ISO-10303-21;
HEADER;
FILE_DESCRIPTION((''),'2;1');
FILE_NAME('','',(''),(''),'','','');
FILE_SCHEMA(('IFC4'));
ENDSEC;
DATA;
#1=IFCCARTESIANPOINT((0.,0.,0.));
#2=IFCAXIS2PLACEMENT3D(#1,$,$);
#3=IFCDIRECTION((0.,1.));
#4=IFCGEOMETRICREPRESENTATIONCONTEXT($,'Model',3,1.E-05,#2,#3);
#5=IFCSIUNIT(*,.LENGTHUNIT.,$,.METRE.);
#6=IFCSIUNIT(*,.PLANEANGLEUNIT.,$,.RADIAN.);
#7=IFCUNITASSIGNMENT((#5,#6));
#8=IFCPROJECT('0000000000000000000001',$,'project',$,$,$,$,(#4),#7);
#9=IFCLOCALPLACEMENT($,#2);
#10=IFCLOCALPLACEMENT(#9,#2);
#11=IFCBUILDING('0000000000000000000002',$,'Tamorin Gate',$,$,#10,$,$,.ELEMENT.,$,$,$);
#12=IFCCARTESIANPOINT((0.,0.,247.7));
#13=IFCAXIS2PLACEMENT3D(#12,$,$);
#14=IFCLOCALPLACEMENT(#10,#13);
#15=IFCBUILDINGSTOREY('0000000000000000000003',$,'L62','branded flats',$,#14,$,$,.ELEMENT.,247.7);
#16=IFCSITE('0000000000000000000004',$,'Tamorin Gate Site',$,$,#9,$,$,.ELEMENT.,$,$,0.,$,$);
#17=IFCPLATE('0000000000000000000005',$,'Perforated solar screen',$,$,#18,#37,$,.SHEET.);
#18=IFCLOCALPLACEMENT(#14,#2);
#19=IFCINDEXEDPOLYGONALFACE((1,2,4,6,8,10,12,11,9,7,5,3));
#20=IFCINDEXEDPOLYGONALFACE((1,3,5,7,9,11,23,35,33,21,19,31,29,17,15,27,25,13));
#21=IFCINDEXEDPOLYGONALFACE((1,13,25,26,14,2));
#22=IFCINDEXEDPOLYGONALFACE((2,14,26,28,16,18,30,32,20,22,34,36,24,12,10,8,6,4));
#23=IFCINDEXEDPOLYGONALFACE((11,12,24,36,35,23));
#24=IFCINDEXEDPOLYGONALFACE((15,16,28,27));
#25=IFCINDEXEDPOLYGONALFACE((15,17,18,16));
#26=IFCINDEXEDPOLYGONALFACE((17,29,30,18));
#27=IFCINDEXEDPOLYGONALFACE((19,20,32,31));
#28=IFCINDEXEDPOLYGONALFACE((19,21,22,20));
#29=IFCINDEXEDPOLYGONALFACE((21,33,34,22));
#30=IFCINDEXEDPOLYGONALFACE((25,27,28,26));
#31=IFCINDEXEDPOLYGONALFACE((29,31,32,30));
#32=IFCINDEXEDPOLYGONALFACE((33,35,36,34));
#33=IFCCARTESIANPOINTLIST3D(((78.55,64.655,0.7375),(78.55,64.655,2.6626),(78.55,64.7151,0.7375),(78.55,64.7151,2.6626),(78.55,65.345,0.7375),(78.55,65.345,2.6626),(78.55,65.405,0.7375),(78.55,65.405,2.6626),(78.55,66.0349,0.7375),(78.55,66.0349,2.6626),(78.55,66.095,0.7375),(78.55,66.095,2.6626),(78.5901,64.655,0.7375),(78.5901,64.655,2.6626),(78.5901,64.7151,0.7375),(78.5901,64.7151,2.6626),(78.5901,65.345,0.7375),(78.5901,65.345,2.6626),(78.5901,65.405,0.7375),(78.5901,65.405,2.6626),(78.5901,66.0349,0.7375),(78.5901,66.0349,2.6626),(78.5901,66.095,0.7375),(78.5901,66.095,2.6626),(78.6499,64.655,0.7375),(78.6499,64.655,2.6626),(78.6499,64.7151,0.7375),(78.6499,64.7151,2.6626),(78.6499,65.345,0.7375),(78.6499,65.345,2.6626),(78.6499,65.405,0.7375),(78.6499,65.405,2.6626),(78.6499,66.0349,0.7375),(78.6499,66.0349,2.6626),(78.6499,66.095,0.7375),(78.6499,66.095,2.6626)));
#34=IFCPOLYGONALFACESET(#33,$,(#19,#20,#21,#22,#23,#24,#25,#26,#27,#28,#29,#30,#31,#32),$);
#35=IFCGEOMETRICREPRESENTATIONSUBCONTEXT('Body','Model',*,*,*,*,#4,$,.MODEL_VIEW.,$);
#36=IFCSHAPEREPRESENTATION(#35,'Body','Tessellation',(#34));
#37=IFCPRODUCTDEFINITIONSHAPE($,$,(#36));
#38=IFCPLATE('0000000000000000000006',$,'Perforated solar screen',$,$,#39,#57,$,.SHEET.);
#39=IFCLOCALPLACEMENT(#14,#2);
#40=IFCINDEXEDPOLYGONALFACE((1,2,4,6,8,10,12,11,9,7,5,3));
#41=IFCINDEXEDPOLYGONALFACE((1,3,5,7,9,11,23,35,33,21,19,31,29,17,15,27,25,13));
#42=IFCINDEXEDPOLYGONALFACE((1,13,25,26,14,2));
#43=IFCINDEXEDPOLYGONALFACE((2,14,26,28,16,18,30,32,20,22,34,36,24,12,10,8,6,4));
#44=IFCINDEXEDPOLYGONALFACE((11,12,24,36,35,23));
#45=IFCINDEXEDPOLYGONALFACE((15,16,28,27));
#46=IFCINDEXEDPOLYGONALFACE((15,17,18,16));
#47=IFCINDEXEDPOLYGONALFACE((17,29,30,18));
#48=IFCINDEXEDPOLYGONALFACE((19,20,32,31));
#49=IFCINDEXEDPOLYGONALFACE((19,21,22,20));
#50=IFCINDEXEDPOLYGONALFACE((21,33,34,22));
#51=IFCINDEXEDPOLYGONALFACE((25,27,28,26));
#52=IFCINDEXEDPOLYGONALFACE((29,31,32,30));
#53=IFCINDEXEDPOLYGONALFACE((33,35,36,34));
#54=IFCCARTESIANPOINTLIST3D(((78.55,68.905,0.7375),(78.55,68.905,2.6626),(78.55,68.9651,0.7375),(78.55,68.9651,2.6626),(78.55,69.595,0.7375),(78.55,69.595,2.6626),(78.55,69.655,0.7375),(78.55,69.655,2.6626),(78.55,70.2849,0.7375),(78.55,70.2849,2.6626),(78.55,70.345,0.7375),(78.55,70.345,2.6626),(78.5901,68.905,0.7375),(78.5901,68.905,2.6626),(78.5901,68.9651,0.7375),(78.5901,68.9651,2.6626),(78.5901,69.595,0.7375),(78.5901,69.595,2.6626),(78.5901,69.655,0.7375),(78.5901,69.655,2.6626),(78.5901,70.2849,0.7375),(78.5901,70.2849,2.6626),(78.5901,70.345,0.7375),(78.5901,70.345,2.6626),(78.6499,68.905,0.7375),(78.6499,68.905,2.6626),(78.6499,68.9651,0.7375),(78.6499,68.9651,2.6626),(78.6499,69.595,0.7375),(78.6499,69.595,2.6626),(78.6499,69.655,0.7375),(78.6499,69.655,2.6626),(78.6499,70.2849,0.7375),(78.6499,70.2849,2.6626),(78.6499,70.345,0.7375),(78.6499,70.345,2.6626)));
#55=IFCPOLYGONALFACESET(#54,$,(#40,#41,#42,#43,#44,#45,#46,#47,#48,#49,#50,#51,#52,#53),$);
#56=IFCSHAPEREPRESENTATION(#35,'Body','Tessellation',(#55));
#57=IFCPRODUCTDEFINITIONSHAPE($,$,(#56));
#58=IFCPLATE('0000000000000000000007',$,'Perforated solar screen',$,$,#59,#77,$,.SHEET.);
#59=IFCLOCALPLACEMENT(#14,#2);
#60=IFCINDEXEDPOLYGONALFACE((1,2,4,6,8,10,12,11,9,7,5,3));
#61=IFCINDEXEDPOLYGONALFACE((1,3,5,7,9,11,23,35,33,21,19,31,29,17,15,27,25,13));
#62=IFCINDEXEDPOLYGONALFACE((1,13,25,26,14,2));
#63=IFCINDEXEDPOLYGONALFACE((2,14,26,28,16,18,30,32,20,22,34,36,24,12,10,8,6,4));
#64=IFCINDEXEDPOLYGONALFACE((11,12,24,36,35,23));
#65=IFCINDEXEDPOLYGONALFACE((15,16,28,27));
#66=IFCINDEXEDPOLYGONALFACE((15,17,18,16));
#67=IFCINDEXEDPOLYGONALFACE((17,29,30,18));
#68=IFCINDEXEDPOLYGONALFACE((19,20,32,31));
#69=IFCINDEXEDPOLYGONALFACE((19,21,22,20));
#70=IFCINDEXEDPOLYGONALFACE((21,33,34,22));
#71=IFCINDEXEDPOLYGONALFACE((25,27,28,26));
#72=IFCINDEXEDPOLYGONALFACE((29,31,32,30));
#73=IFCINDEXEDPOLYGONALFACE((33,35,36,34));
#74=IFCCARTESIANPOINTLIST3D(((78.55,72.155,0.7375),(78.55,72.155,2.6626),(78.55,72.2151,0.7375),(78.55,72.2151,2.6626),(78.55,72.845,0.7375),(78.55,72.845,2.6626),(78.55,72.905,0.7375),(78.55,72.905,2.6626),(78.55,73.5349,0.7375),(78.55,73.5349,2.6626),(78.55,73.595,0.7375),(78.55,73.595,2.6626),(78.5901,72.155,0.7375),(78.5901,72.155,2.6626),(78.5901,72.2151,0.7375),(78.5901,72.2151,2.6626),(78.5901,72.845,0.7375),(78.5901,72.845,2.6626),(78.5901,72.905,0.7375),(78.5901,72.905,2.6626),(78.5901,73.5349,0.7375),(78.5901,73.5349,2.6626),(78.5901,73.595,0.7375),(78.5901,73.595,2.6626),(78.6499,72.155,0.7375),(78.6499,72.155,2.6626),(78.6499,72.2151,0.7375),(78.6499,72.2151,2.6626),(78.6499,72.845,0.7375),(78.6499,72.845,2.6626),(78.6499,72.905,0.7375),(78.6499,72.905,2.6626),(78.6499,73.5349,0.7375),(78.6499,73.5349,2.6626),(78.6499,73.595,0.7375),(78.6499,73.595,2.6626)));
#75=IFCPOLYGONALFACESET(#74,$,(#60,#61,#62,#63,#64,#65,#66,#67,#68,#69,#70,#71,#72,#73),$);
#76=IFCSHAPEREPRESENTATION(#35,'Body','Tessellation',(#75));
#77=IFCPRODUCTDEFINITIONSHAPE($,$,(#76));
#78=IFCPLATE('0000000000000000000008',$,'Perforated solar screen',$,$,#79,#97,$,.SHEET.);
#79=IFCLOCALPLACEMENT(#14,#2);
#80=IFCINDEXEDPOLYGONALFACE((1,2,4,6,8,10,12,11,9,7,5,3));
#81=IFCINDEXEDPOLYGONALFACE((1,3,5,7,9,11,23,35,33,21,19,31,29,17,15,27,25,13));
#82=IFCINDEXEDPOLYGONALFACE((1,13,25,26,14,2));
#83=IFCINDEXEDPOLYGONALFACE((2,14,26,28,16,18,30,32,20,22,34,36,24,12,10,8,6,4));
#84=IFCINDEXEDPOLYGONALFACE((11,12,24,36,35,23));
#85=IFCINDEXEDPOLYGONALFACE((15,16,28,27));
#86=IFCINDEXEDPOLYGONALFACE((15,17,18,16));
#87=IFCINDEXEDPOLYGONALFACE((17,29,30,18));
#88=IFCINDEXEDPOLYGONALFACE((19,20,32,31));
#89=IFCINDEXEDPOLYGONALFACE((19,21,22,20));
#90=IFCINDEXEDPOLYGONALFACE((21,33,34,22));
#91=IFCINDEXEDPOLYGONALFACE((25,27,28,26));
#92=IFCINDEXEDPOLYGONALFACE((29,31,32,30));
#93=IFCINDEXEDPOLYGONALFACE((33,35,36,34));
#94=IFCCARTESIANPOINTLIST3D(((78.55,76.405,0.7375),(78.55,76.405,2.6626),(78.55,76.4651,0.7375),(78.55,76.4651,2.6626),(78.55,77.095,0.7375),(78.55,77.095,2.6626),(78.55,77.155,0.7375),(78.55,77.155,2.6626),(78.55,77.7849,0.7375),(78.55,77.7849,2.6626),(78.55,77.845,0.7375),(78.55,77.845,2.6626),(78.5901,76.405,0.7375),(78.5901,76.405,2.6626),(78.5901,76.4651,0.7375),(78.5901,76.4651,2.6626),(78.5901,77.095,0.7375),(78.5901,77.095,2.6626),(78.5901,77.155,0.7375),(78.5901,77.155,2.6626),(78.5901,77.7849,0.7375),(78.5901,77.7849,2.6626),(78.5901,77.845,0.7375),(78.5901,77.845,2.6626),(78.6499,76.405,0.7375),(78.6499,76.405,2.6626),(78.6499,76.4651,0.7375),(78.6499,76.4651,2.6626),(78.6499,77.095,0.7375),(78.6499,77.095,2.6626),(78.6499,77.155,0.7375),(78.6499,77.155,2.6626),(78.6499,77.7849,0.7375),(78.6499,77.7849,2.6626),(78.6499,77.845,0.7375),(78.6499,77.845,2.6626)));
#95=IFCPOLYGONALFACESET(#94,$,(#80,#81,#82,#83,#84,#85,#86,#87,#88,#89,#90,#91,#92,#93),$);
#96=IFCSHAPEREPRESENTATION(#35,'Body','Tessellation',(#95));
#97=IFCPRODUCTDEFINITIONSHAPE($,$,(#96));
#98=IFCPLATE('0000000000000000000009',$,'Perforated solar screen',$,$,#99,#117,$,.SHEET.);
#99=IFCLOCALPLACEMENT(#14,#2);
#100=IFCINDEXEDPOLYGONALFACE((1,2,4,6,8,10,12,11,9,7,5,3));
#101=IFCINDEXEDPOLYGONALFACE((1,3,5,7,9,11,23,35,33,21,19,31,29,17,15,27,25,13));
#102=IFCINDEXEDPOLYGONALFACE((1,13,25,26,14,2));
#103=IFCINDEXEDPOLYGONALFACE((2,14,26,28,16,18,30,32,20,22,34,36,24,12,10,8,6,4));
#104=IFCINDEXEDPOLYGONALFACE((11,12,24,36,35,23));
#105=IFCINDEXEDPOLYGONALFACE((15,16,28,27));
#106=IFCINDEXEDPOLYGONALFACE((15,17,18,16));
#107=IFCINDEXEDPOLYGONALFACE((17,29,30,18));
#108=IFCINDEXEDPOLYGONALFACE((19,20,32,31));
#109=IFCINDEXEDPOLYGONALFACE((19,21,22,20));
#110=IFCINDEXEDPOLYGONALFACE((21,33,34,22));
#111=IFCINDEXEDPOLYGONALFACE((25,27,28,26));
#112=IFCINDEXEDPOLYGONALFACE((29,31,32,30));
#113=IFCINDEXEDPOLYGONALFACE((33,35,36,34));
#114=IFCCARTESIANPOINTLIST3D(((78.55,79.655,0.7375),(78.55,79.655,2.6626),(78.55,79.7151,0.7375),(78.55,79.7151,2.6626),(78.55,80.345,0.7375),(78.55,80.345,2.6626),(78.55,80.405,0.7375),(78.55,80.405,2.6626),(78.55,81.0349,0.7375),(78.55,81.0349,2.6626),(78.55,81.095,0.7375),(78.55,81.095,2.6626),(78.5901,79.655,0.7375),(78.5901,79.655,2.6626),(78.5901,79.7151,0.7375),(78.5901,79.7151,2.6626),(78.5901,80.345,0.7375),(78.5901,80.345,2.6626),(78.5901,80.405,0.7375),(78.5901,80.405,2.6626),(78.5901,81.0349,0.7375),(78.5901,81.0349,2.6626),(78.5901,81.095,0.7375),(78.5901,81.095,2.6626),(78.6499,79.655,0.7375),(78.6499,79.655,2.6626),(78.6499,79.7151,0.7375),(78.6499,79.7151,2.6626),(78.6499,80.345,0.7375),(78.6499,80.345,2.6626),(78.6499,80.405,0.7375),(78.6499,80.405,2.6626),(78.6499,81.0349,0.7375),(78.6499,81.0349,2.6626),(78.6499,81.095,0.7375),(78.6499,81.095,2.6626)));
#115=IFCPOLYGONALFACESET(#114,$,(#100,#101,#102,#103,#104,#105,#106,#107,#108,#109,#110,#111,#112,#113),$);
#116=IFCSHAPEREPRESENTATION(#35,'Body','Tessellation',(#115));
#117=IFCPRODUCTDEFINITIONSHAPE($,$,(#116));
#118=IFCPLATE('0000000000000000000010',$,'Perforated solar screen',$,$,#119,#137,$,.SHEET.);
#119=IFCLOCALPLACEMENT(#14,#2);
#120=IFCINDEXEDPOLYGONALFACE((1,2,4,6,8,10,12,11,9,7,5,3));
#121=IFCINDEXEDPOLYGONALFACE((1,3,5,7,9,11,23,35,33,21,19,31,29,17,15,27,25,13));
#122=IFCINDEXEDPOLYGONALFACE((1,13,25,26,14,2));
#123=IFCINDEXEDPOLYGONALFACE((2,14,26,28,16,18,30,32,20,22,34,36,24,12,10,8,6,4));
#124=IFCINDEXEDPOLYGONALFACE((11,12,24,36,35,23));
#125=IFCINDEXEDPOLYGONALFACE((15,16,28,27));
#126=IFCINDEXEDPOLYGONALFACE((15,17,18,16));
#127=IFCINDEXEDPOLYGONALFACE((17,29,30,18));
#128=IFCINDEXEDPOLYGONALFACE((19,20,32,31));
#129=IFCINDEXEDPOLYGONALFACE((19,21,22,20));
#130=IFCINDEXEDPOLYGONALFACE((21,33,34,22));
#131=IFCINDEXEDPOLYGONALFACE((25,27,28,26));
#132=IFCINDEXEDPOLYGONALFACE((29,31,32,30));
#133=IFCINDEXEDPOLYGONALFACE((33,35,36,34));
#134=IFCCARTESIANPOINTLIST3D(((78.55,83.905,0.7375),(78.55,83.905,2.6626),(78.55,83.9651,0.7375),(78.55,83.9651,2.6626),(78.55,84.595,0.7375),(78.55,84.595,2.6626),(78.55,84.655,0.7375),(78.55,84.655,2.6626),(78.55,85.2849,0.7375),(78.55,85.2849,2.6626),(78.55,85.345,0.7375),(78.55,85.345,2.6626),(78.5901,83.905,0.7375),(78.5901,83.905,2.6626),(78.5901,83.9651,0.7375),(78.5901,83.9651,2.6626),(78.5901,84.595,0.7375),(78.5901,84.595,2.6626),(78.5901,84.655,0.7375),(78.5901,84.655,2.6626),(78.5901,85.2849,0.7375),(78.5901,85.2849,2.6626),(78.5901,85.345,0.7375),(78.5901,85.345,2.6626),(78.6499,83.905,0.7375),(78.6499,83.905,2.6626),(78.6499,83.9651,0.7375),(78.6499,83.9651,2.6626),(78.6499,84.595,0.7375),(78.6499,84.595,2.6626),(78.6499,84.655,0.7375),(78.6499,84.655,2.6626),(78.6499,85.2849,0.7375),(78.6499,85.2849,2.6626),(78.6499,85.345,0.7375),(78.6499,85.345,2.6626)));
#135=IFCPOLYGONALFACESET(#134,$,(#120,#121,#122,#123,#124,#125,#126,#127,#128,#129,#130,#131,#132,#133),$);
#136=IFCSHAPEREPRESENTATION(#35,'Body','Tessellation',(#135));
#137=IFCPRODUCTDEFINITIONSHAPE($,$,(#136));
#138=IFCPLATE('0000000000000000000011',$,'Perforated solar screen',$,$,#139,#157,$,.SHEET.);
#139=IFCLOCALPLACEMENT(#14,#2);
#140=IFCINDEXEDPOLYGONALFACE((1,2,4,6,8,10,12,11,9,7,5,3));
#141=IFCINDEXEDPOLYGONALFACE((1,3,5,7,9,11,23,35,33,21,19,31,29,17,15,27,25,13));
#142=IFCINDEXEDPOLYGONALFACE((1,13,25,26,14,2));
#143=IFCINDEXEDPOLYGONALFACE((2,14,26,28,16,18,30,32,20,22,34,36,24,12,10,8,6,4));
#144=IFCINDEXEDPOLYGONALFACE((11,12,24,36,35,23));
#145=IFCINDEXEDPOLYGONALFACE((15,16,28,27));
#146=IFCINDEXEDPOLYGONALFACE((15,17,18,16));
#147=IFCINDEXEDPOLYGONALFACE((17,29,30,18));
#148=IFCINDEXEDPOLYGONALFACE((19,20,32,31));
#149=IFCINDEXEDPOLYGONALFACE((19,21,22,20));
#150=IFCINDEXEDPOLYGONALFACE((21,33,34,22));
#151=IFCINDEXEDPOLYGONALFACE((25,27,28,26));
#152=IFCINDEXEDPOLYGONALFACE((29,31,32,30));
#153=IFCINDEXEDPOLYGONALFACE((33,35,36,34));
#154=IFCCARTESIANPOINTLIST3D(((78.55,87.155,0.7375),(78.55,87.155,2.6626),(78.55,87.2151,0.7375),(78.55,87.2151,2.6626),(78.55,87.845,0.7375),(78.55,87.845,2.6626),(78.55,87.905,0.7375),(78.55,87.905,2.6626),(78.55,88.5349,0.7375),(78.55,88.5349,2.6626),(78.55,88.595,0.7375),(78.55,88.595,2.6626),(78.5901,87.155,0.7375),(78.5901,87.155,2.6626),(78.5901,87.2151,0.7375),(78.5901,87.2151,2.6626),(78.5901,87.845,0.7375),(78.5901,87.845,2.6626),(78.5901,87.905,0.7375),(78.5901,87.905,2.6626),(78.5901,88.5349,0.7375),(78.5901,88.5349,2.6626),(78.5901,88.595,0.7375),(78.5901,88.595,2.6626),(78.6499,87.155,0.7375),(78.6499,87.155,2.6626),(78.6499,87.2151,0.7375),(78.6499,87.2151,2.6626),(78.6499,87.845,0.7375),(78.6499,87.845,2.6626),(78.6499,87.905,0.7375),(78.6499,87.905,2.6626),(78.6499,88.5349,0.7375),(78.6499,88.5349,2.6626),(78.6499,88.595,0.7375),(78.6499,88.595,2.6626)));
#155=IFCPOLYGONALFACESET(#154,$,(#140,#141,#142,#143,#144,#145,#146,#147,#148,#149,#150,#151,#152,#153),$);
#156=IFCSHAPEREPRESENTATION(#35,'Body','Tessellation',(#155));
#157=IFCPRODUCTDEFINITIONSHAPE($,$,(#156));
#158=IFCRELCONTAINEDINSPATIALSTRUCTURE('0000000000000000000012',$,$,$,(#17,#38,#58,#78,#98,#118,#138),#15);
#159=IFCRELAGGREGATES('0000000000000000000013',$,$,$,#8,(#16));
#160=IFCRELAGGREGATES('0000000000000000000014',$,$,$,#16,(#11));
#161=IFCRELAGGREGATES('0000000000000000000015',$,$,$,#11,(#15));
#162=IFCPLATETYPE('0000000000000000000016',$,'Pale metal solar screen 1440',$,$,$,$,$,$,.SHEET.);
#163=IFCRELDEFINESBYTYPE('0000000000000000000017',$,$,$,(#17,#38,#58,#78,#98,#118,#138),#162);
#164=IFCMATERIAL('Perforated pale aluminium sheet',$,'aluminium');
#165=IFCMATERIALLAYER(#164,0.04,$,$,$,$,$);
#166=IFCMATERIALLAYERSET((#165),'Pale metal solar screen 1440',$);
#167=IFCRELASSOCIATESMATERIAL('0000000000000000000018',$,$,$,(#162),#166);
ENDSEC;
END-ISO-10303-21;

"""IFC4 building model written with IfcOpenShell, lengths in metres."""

from ifc_helpers import new_model, si_unit, direction, frame, origin, place, context, subcontext, project, spatial, polyline, outline, extrude, material, layer, layer_set, type_object, element, save


model = new_model("IFC4")

# Units and contexts
model_context = context("Model", 3, precision=1e-05, world=origin(), true_north=direction((0.0, 1.0)))
body_context = subcontext(model_context, "Body", "Model", "MODEL_VIEW")
ifc_project = project(units=[si_unit("LENGTHUNIT", "METRE"), si_unit("PLANEANGLEUNIT", "RADIAN")], contexts=[model_context])

# Site, building, storey
site_placement = place(None, origin())
site = spatial("IfcSite", under=ifc_project, at=site_placement, Name="Tamorin Gate Site", CompositionType="ELEMENT", RefElevation=0.0)
building_placement = place(site_placement, origin())
building = spatial("IfcBuilding", under=site, at=building_placement, Name="Tamorin Gate", CompositionType="ELEMENT")
storey_placement = place(building_placement, frame((0.0, 0.0, 247.7)))
storey = spatial("IfcBuildingStorey", under=building, at=storey_placement, Name="L62", Description="branded flats", CompositionType="ELEMENT", Elevation=247.7)

# Plates
ifc_material_1 = material(Name="Perforated pale aluminium sheet", Category="aluminium")
ifc_layer_1 = layer(ifc_material_1, 0.04)
ifc_layer_set_1 = layer_set([ifc_layer_1], Name="Pale metal solar screen 1440")
plate_type = type_object("IfcPlateType", Name="Pale metal solar screen 1440", PredefinedType="SHEET", material=ifc_layer_set_1)
plate_1_placement = place(storey_placement, frame((0.0, 0.0, 0.7375)))
element("IfcPlate", 1, at=plate_1_placement, inside=storey, type_object=plate_type, Name="Perforated solar screen", PredefinedType="SHEET", context=body_context, shape_type="SweptSolid", body=[
    extrude(outline(polyline([(78.5901, 64.655), (78.55, 64.655), (78.55, 64.7151), (78.55, 65.345), (78.55, 65.405), (78.55, 66.0349), (78.55, 66.095), (78.5901, 66.095), (78.6499, 66.095), (78.6499, 66.0349), (78.5901, 66.0349), (78.5901, 65.405), (78.6499, 65.405), (78.6499, 65.345), (78.5901, 65.345), (78.5901, 64.7151), (78.6499, 64.7151), (78.6499, 64.655), (78.5901, 64.655)])), origin(), (0.0, 0.0, 1.0), 1.925),
])
plate_2_placement = place(storey_placement, frame((0.0, 0.0, 0.7375)))
element("IfcPlate", 2, at=plate_2_placement, inside=storey, type_object=plate_type, Name="Perforated solar screen", PredefinedType="SHEET", context=body_context, shape_type="SweptSolid", body=[
    extrude(outline(polyline([(78.5901, 68.905), (78.55, 68.905), (78.55, 68.9651), (78.55, 69.595), (78.55, 69.655), (78.55, 70.2849), (78.55, 70.345), (78.5901, 70.345), (78.6499, 70.345), (78.6499, 70.2849), (78.5901, 70.2849), (78.5901, 69.655), (78.6499, 69.655), (78.6499, 69.595), (78.5901, 69.595), (78.5901, 68.9651), (78.6499, 68.9651), (78.6499, 68.905), (78.5901, 68.905)])), origin(), (0.0, 0.0, 1.0), 1.925),
])
plate_3_placement = place(storey_placement, frame((0.0, 0.0, 0.7375)))
element("IfcPlate", 3, at=plate_3_placement, inside=storey, type_object=plate_type, Name="Perforated solar screen", PredefinedType="SHEET", context=body_context, shape_type="SweptSolid", body=[
    extrude(outline(polyline([(78.5901, 72.155), (78.55, 72.155), (78.55, 72.2151), (78.55, 72.845), (78.55, 72.905), (78.55, 73.5349), (78.55, 73.595), (78.5901, 73.595), (78.6499, 73.595), (78.6499, 73.5349), (78.5901, 73.5349), (78.5901, 72.905), (78.6499, 72.905), (78.6499, 72.845), (78.5901, 72.845), (78.5901, 72.2151), (78.6499, 72.2151), (78.6499, 72.155), (78.5901, 72.155)])), origin(), (0.0, 0.0, 1.0), 1.925),
])
plate_4_placement = place(storey_placement, frame((0.0, 0.0, 0.7375)))
element("IfcPlate", 4, at=plate_4_placement, inside=storey, type_object=plate_type, Name="Perforated solar screen", PredefinedType="SHEET", context=body_context, shape_type="SweptSolid", body=[
    extrude(outline(polyline([(78.5901, 76.405), (78.55, 76.405), (78.55, 76.4651), (78.55, 77.095), (78.55, 77.155), (78.55, 77.7849), (78.55, 77.845), (78.5901, 77.845), (78.6499, 77.845), (78.6499, 77.7849), (78.5901, 77.7849), (78.5901, 77.155), (78.6499, 77.155), (78.6499, 77.095), (78.5901, 77.095), (78.5901, 76.4651), (78.6499, 76.4651), (78.6499, 76.405), (78.5901, 76.405)])), origin(), (0.0, 0.0, 1.0), 1.925),
])
plate_5_placement = place(storey_placement, frame((0.0, 0.0, 0.7375)))
element("IfcPlate", 5, at=plate_5_placement, inside=storey, type_object=plate_type, Name="Perforated solar screen", PredefinedType="SHEET", context=body_context, shape_type="SweptSolid", body=[
    extrude(outline(polyline([(78.5901, 79.655), (78.55, 79.655), (78.55, 79.7151), (78.55, 80.345), (78.55, 80.405), (78.55, 81.0349), (78.55, 81.095), (78.5901, 81.095), (78.6499, 81.095), (78.6499, 81.0349), (78.5901, 81.0349), (78.5901, 80.405), (78.6499, 80.405), (78.6499, 80.345), (78.5901, 80.345), (78.5901, 79.7151), (78.6499, 79.7151), (78.6499, 79.655), (78.5901, 79.655)])), origin(), (0.0, 0.0, 1.0), 1.925),
])
plate_6_placement = place(storey_placement, frame((0.0, 0.0, 0.7375)))
element("IfcPlate", 6, at=plate_6_placement, inside=storey, type_object=plate_type, Name="Perforated solar screen", PredefinedType="SHEET", context=body_context, shape_type="SweptSolid", body=[
    extrude(outline(polyline([(78.5901, 83.905), (78.55, 83.905), (78.55, 83.9651), (78.55, 84.595), (78.55, 84.655), (78.55, 85.2849), (78.55, 85.345), (78.5901, 85.345), (78.6499, 85.345), (78.6499, 85.2849), (78.5901, 85.2849), (78.5901, 84.655), (78.6499, 84.655), (78.6499, 84.595), (78.5901, 84.595), (78.5901, 83.9651), (78.6499, 83.9651), (78.6499, 83.905), (78.5901, 83.905)])), origin(), (0.0, 0.0, 1.0), 1.925),
])
plate_7_placement = place(storey_placement, frame((0.0, 0.0, 0.7375)))
element("IfcPlate", 7, at=plate_7_placement, inside=storey, type_object=plate_type, Name="Perforated solar screen", PredefinedType="SHEET", context=body_context, shape_type="SweptSolid", body=[
    extrude(outline(polyline([(78.5901, 87.155), (78.55, 87.155), (78.55, 87.2151), (78.55, 87.845), (78.55, 87.905), (78.55, 88.5349), (78.55, 88.595), (78.5901, 88.595), (78.6499, 88.595), (78.6499, 88.5349), (78.5901, 88.5349), (78.5901, 87.905), (78.6499, 87.905), (78.6499, 87.845), (78.5901, 87.845), (78.5901, 87.2151), (78.6499, 87.2151), (78.6499, 87.155), (78.5901, 87.155)])), origin(), (0.0, 0.0, 1.0), 1.925),
])

save(model, "model.ifc")
